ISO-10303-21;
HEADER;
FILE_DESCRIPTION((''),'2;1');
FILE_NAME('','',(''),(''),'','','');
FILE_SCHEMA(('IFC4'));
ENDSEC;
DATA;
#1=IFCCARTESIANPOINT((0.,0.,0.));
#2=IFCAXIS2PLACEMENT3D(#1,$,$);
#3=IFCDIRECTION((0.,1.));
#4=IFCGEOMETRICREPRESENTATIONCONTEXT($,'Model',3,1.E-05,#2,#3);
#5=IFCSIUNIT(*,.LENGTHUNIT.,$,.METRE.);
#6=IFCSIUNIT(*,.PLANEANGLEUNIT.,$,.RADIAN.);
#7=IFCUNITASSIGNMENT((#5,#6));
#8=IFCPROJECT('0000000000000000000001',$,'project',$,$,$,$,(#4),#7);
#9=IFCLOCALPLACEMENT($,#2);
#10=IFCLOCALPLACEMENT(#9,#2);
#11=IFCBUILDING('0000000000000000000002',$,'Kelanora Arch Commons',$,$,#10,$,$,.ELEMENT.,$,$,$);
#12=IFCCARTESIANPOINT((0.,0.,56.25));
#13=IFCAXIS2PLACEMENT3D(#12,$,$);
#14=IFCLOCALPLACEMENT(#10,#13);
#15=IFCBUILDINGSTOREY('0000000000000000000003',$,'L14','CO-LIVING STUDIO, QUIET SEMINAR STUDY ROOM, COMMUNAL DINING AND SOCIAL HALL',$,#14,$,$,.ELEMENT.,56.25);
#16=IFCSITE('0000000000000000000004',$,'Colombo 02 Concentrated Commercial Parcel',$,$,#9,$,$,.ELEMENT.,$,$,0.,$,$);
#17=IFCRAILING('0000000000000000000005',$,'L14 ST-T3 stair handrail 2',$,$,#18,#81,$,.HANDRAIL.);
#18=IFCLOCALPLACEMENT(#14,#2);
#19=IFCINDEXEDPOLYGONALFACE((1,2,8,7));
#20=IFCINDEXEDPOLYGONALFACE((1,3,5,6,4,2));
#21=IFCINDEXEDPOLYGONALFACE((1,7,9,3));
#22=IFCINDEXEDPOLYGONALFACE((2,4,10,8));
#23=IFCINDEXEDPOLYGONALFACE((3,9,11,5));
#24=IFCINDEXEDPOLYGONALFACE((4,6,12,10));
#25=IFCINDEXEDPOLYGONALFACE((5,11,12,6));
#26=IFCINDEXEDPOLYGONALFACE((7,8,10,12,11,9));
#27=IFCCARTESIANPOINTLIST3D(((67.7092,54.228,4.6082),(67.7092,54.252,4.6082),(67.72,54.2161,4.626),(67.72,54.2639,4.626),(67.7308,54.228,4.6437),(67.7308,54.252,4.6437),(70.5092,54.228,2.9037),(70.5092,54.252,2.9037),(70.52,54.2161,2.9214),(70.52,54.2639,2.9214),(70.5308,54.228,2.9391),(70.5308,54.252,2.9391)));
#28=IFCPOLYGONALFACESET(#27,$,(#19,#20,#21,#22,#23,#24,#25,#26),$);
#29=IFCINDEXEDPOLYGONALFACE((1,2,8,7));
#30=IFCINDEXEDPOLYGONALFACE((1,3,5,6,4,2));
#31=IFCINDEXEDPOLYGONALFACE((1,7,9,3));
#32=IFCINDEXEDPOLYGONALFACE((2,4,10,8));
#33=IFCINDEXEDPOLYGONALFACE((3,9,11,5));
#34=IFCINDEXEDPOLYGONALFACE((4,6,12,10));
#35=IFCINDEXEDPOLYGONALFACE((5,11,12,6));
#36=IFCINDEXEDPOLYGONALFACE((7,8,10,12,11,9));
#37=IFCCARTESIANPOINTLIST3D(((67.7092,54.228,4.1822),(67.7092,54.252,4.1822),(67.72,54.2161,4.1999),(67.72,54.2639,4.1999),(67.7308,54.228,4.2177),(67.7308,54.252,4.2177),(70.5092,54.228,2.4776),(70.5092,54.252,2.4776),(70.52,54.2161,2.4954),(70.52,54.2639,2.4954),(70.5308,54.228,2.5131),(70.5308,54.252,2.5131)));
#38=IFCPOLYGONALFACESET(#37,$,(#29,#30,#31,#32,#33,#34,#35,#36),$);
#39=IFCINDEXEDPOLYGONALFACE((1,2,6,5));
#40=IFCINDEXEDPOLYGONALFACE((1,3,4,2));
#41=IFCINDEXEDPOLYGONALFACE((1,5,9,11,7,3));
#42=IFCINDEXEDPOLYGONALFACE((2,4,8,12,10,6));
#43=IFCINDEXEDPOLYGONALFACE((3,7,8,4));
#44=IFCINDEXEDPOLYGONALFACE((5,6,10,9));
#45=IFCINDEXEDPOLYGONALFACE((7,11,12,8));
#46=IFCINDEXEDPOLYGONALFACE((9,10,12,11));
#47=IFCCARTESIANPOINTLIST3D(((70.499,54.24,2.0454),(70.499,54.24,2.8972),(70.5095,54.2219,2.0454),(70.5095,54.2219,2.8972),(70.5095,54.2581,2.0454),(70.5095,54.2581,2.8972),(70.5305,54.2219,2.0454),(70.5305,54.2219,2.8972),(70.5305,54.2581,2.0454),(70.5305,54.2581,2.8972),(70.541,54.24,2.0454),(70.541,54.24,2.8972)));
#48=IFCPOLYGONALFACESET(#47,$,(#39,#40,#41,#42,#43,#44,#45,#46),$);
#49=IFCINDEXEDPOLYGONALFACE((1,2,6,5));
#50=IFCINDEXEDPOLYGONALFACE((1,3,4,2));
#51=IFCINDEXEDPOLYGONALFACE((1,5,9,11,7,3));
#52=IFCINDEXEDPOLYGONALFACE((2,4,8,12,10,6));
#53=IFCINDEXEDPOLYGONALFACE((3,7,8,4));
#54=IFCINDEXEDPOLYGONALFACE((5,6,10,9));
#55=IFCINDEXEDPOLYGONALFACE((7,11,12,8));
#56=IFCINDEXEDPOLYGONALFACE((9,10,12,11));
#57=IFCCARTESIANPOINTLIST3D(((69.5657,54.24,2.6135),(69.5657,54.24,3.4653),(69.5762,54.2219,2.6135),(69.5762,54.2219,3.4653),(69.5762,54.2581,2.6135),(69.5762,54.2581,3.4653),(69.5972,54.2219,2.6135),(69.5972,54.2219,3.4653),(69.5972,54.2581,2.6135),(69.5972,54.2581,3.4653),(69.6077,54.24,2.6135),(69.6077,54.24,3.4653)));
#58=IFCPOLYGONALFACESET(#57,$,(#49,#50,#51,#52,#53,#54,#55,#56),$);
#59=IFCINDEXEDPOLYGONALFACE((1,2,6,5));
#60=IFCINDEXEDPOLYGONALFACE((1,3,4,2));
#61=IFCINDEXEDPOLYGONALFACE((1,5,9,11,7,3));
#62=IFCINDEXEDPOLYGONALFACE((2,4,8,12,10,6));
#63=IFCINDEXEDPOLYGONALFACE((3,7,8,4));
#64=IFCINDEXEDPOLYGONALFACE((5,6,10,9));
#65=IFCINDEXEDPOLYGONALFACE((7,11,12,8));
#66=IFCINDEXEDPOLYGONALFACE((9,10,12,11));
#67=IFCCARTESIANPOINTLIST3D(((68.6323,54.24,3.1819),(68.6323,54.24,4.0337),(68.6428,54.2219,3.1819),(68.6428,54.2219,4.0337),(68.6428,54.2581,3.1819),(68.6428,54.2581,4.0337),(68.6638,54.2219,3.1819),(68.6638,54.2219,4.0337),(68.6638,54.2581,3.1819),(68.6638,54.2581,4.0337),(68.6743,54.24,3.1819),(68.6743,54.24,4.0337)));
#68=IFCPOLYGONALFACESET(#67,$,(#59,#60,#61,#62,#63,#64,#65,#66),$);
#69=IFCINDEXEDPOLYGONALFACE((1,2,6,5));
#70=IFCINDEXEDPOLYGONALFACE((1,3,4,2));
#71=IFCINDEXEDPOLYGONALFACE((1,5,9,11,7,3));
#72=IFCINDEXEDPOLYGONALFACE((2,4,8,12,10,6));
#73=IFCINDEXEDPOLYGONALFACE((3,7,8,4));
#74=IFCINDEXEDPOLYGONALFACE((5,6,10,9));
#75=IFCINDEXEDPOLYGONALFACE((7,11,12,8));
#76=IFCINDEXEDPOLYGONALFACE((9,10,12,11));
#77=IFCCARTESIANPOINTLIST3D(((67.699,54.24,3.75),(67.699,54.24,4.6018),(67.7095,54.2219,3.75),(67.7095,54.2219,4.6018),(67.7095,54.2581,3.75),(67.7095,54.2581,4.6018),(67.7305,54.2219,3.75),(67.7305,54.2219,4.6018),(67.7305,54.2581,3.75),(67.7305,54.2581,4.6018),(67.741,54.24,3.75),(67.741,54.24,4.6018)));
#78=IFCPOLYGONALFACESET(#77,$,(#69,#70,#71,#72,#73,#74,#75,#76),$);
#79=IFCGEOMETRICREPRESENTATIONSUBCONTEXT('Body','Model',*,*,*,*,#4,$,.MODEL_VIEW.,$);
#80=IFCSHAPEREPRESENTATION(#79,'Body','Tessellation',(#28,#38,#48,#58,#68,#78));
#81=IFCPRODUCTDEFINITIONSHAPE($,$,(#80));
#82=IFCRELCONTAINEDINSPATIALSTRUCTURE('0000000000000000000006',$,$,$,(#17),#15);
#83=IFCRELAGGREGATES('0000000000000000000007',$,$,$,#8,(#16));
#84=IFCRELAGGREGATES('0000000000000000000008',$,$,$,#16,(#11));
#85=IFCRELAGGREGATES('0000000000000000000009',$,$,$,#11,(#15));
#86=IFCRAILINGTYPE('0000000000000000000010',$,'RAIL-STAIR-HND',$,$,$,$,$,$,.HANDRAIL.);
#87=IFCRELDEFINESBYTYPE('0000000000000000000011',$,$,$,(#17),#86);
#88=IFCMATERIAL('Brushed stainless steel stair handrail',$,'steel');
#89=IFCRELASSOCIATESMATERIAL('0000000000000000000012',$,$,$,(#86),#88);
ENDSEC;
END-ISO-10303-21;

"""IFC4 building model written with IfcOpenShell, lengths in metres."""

from ifc_helpers import new_model, si_unit, direction, frame, origin, place, context, subcontext, project, spatial, polyline, outline, extrude, material, type_object, element, save


model = new_model("IFC4")

# Units and contexts
model_context = context("Model", 3, precision=1e-05, world=origin(), true_north=direction((0.0, 1.0)))
body_context = subcontext(model_context, "Body", "Model", "MODEL_VIEW")
ifc_project = project(units=[si_unit("LENGTHUNIT", "METRE"), si_unit("PLANEANGLEUNIT", "RADIAN")], contexts=[model_context])

# Site, building, storey
site_placement = place(None, origin())
site = spatial("IfcSite", under=ifc_project, at=site_placement, Name="Colombo 02 Concentrated Commercial Parcel", CompositionType="ELEMENT", RefElevation=0.0)
building_placement = place(site_placement, origin())
building = spatial("IfcBuilding", under=site, at=building_placement, Name="Kelanora Arch Commons", CompositionType="ELEMENT")
storey_placement = place(building_placement, frame((0.0, 0.0, 56.25)))
storey = spatial("IfcBuildingStorey", under=building, at=storey_placement, Name="L14", Description="CO-LIVING STUDIO, QUIET SEMINAR STUDY ROOM, COMMUNAL DINING AND SOCIAL HALL", CompositionType="ELEMENT", Elevation=56.25)

# Railing
ifc_material_1 = material(Name="Brushed stainless steel stair handrail", Category="steel")
railing_type_1 = type_object("IfcRailingType", Name="RAIL-STAIR-HND", PredefinedType="HANDRAIL", material=ifc_material_1)
railing_1_placement = place(storey_placement, frame((70.52, 54.24, 2.0454)))
element("IfcRailing", 1, at=railing_1_placement, inside=storey, type_object=railing_type_1, Name="L14 ST-T3 stair handrail 2", PredefinedType="HANDRAIL", context=body_context, shape_type="SweptSolid", body=[
    extrude(outline(polyline([(0.0239, 0.0), (0.012, 0.0208), (-0.012, 0.0208), (-0.0239, 0.0), (-0.012, -0.0208), (0.012, -0.0208), (0.0239, 0.0)])), frame((0.0, 0.0, 0.876), z_axis=(-0.85417, 0.0, 0.519994), x_axis=(0.0, -1.0, 0.0)), (0.0, 0.0, 1.0), 3.2781),
    extrude(outline(polyline([(0.0239, 0.0), (0.012, 0.0208), (-0.012, 0.0208), (-0.0239, 0.0), (-0.012, -0.0208), (0.012, -0.0208), (0.0239, 0.0)])), frame((0.0, 0.0, 0.45), z_axis=(-0.85417, 0.0, 0.519994), x_axis=(0.0, -1.0, 0.0)), (0.0, 0.0, 1.0), 3.2781),
    extrude(outline(polyline([(0.021, 0.0), (0.0105, 0.0181), (-0.0105, 0.0181), (-0.021, 0.0), (-0.0105, -0.0181), (0.0105, -0.0181), (0.021, 0.0)])), origin(), (0.0, 0.0, 1.0), 0.8518),
    extrude(outline(polyline([(0.021, 0.0), (0.0105, 0.0181), (-0.0105, 0.0181), (-0.021, 0.0), (-0.0105, -0.0181), (0.0105, -0.0181), (0.021, 0.0)])), frame((-0.9333, 0.0, 0.5681)), (0.0, 0.0, 1.0), 0.8518),
    extrude(outline(polyline([(0.021, 0.0), (0.0105, 0.0181), (-0.0105, 0.0181), (-0.021, 0.0), (-0.0105, -0.0181), (0.0105, -0.0181), (0.021, 0.0)])), frame((-1.8667, 0.0, 1.1365)), (0.0, 0.0, 1.0), 0.8518),
    extrude(outline(polyline([(0.021, 0.0), (0.0105, 0.0181), (-0.0105, 0.0181), (-0.021, 0.0), (-0.0105, -0.0181), (0.0105, -0.0181), (0.021, 0.0)])), frame((-2.8, 0.0, 1.7046)), (0.0, 0.0, 1.0), 0.8518),
])

save(model, "model.ifc")
